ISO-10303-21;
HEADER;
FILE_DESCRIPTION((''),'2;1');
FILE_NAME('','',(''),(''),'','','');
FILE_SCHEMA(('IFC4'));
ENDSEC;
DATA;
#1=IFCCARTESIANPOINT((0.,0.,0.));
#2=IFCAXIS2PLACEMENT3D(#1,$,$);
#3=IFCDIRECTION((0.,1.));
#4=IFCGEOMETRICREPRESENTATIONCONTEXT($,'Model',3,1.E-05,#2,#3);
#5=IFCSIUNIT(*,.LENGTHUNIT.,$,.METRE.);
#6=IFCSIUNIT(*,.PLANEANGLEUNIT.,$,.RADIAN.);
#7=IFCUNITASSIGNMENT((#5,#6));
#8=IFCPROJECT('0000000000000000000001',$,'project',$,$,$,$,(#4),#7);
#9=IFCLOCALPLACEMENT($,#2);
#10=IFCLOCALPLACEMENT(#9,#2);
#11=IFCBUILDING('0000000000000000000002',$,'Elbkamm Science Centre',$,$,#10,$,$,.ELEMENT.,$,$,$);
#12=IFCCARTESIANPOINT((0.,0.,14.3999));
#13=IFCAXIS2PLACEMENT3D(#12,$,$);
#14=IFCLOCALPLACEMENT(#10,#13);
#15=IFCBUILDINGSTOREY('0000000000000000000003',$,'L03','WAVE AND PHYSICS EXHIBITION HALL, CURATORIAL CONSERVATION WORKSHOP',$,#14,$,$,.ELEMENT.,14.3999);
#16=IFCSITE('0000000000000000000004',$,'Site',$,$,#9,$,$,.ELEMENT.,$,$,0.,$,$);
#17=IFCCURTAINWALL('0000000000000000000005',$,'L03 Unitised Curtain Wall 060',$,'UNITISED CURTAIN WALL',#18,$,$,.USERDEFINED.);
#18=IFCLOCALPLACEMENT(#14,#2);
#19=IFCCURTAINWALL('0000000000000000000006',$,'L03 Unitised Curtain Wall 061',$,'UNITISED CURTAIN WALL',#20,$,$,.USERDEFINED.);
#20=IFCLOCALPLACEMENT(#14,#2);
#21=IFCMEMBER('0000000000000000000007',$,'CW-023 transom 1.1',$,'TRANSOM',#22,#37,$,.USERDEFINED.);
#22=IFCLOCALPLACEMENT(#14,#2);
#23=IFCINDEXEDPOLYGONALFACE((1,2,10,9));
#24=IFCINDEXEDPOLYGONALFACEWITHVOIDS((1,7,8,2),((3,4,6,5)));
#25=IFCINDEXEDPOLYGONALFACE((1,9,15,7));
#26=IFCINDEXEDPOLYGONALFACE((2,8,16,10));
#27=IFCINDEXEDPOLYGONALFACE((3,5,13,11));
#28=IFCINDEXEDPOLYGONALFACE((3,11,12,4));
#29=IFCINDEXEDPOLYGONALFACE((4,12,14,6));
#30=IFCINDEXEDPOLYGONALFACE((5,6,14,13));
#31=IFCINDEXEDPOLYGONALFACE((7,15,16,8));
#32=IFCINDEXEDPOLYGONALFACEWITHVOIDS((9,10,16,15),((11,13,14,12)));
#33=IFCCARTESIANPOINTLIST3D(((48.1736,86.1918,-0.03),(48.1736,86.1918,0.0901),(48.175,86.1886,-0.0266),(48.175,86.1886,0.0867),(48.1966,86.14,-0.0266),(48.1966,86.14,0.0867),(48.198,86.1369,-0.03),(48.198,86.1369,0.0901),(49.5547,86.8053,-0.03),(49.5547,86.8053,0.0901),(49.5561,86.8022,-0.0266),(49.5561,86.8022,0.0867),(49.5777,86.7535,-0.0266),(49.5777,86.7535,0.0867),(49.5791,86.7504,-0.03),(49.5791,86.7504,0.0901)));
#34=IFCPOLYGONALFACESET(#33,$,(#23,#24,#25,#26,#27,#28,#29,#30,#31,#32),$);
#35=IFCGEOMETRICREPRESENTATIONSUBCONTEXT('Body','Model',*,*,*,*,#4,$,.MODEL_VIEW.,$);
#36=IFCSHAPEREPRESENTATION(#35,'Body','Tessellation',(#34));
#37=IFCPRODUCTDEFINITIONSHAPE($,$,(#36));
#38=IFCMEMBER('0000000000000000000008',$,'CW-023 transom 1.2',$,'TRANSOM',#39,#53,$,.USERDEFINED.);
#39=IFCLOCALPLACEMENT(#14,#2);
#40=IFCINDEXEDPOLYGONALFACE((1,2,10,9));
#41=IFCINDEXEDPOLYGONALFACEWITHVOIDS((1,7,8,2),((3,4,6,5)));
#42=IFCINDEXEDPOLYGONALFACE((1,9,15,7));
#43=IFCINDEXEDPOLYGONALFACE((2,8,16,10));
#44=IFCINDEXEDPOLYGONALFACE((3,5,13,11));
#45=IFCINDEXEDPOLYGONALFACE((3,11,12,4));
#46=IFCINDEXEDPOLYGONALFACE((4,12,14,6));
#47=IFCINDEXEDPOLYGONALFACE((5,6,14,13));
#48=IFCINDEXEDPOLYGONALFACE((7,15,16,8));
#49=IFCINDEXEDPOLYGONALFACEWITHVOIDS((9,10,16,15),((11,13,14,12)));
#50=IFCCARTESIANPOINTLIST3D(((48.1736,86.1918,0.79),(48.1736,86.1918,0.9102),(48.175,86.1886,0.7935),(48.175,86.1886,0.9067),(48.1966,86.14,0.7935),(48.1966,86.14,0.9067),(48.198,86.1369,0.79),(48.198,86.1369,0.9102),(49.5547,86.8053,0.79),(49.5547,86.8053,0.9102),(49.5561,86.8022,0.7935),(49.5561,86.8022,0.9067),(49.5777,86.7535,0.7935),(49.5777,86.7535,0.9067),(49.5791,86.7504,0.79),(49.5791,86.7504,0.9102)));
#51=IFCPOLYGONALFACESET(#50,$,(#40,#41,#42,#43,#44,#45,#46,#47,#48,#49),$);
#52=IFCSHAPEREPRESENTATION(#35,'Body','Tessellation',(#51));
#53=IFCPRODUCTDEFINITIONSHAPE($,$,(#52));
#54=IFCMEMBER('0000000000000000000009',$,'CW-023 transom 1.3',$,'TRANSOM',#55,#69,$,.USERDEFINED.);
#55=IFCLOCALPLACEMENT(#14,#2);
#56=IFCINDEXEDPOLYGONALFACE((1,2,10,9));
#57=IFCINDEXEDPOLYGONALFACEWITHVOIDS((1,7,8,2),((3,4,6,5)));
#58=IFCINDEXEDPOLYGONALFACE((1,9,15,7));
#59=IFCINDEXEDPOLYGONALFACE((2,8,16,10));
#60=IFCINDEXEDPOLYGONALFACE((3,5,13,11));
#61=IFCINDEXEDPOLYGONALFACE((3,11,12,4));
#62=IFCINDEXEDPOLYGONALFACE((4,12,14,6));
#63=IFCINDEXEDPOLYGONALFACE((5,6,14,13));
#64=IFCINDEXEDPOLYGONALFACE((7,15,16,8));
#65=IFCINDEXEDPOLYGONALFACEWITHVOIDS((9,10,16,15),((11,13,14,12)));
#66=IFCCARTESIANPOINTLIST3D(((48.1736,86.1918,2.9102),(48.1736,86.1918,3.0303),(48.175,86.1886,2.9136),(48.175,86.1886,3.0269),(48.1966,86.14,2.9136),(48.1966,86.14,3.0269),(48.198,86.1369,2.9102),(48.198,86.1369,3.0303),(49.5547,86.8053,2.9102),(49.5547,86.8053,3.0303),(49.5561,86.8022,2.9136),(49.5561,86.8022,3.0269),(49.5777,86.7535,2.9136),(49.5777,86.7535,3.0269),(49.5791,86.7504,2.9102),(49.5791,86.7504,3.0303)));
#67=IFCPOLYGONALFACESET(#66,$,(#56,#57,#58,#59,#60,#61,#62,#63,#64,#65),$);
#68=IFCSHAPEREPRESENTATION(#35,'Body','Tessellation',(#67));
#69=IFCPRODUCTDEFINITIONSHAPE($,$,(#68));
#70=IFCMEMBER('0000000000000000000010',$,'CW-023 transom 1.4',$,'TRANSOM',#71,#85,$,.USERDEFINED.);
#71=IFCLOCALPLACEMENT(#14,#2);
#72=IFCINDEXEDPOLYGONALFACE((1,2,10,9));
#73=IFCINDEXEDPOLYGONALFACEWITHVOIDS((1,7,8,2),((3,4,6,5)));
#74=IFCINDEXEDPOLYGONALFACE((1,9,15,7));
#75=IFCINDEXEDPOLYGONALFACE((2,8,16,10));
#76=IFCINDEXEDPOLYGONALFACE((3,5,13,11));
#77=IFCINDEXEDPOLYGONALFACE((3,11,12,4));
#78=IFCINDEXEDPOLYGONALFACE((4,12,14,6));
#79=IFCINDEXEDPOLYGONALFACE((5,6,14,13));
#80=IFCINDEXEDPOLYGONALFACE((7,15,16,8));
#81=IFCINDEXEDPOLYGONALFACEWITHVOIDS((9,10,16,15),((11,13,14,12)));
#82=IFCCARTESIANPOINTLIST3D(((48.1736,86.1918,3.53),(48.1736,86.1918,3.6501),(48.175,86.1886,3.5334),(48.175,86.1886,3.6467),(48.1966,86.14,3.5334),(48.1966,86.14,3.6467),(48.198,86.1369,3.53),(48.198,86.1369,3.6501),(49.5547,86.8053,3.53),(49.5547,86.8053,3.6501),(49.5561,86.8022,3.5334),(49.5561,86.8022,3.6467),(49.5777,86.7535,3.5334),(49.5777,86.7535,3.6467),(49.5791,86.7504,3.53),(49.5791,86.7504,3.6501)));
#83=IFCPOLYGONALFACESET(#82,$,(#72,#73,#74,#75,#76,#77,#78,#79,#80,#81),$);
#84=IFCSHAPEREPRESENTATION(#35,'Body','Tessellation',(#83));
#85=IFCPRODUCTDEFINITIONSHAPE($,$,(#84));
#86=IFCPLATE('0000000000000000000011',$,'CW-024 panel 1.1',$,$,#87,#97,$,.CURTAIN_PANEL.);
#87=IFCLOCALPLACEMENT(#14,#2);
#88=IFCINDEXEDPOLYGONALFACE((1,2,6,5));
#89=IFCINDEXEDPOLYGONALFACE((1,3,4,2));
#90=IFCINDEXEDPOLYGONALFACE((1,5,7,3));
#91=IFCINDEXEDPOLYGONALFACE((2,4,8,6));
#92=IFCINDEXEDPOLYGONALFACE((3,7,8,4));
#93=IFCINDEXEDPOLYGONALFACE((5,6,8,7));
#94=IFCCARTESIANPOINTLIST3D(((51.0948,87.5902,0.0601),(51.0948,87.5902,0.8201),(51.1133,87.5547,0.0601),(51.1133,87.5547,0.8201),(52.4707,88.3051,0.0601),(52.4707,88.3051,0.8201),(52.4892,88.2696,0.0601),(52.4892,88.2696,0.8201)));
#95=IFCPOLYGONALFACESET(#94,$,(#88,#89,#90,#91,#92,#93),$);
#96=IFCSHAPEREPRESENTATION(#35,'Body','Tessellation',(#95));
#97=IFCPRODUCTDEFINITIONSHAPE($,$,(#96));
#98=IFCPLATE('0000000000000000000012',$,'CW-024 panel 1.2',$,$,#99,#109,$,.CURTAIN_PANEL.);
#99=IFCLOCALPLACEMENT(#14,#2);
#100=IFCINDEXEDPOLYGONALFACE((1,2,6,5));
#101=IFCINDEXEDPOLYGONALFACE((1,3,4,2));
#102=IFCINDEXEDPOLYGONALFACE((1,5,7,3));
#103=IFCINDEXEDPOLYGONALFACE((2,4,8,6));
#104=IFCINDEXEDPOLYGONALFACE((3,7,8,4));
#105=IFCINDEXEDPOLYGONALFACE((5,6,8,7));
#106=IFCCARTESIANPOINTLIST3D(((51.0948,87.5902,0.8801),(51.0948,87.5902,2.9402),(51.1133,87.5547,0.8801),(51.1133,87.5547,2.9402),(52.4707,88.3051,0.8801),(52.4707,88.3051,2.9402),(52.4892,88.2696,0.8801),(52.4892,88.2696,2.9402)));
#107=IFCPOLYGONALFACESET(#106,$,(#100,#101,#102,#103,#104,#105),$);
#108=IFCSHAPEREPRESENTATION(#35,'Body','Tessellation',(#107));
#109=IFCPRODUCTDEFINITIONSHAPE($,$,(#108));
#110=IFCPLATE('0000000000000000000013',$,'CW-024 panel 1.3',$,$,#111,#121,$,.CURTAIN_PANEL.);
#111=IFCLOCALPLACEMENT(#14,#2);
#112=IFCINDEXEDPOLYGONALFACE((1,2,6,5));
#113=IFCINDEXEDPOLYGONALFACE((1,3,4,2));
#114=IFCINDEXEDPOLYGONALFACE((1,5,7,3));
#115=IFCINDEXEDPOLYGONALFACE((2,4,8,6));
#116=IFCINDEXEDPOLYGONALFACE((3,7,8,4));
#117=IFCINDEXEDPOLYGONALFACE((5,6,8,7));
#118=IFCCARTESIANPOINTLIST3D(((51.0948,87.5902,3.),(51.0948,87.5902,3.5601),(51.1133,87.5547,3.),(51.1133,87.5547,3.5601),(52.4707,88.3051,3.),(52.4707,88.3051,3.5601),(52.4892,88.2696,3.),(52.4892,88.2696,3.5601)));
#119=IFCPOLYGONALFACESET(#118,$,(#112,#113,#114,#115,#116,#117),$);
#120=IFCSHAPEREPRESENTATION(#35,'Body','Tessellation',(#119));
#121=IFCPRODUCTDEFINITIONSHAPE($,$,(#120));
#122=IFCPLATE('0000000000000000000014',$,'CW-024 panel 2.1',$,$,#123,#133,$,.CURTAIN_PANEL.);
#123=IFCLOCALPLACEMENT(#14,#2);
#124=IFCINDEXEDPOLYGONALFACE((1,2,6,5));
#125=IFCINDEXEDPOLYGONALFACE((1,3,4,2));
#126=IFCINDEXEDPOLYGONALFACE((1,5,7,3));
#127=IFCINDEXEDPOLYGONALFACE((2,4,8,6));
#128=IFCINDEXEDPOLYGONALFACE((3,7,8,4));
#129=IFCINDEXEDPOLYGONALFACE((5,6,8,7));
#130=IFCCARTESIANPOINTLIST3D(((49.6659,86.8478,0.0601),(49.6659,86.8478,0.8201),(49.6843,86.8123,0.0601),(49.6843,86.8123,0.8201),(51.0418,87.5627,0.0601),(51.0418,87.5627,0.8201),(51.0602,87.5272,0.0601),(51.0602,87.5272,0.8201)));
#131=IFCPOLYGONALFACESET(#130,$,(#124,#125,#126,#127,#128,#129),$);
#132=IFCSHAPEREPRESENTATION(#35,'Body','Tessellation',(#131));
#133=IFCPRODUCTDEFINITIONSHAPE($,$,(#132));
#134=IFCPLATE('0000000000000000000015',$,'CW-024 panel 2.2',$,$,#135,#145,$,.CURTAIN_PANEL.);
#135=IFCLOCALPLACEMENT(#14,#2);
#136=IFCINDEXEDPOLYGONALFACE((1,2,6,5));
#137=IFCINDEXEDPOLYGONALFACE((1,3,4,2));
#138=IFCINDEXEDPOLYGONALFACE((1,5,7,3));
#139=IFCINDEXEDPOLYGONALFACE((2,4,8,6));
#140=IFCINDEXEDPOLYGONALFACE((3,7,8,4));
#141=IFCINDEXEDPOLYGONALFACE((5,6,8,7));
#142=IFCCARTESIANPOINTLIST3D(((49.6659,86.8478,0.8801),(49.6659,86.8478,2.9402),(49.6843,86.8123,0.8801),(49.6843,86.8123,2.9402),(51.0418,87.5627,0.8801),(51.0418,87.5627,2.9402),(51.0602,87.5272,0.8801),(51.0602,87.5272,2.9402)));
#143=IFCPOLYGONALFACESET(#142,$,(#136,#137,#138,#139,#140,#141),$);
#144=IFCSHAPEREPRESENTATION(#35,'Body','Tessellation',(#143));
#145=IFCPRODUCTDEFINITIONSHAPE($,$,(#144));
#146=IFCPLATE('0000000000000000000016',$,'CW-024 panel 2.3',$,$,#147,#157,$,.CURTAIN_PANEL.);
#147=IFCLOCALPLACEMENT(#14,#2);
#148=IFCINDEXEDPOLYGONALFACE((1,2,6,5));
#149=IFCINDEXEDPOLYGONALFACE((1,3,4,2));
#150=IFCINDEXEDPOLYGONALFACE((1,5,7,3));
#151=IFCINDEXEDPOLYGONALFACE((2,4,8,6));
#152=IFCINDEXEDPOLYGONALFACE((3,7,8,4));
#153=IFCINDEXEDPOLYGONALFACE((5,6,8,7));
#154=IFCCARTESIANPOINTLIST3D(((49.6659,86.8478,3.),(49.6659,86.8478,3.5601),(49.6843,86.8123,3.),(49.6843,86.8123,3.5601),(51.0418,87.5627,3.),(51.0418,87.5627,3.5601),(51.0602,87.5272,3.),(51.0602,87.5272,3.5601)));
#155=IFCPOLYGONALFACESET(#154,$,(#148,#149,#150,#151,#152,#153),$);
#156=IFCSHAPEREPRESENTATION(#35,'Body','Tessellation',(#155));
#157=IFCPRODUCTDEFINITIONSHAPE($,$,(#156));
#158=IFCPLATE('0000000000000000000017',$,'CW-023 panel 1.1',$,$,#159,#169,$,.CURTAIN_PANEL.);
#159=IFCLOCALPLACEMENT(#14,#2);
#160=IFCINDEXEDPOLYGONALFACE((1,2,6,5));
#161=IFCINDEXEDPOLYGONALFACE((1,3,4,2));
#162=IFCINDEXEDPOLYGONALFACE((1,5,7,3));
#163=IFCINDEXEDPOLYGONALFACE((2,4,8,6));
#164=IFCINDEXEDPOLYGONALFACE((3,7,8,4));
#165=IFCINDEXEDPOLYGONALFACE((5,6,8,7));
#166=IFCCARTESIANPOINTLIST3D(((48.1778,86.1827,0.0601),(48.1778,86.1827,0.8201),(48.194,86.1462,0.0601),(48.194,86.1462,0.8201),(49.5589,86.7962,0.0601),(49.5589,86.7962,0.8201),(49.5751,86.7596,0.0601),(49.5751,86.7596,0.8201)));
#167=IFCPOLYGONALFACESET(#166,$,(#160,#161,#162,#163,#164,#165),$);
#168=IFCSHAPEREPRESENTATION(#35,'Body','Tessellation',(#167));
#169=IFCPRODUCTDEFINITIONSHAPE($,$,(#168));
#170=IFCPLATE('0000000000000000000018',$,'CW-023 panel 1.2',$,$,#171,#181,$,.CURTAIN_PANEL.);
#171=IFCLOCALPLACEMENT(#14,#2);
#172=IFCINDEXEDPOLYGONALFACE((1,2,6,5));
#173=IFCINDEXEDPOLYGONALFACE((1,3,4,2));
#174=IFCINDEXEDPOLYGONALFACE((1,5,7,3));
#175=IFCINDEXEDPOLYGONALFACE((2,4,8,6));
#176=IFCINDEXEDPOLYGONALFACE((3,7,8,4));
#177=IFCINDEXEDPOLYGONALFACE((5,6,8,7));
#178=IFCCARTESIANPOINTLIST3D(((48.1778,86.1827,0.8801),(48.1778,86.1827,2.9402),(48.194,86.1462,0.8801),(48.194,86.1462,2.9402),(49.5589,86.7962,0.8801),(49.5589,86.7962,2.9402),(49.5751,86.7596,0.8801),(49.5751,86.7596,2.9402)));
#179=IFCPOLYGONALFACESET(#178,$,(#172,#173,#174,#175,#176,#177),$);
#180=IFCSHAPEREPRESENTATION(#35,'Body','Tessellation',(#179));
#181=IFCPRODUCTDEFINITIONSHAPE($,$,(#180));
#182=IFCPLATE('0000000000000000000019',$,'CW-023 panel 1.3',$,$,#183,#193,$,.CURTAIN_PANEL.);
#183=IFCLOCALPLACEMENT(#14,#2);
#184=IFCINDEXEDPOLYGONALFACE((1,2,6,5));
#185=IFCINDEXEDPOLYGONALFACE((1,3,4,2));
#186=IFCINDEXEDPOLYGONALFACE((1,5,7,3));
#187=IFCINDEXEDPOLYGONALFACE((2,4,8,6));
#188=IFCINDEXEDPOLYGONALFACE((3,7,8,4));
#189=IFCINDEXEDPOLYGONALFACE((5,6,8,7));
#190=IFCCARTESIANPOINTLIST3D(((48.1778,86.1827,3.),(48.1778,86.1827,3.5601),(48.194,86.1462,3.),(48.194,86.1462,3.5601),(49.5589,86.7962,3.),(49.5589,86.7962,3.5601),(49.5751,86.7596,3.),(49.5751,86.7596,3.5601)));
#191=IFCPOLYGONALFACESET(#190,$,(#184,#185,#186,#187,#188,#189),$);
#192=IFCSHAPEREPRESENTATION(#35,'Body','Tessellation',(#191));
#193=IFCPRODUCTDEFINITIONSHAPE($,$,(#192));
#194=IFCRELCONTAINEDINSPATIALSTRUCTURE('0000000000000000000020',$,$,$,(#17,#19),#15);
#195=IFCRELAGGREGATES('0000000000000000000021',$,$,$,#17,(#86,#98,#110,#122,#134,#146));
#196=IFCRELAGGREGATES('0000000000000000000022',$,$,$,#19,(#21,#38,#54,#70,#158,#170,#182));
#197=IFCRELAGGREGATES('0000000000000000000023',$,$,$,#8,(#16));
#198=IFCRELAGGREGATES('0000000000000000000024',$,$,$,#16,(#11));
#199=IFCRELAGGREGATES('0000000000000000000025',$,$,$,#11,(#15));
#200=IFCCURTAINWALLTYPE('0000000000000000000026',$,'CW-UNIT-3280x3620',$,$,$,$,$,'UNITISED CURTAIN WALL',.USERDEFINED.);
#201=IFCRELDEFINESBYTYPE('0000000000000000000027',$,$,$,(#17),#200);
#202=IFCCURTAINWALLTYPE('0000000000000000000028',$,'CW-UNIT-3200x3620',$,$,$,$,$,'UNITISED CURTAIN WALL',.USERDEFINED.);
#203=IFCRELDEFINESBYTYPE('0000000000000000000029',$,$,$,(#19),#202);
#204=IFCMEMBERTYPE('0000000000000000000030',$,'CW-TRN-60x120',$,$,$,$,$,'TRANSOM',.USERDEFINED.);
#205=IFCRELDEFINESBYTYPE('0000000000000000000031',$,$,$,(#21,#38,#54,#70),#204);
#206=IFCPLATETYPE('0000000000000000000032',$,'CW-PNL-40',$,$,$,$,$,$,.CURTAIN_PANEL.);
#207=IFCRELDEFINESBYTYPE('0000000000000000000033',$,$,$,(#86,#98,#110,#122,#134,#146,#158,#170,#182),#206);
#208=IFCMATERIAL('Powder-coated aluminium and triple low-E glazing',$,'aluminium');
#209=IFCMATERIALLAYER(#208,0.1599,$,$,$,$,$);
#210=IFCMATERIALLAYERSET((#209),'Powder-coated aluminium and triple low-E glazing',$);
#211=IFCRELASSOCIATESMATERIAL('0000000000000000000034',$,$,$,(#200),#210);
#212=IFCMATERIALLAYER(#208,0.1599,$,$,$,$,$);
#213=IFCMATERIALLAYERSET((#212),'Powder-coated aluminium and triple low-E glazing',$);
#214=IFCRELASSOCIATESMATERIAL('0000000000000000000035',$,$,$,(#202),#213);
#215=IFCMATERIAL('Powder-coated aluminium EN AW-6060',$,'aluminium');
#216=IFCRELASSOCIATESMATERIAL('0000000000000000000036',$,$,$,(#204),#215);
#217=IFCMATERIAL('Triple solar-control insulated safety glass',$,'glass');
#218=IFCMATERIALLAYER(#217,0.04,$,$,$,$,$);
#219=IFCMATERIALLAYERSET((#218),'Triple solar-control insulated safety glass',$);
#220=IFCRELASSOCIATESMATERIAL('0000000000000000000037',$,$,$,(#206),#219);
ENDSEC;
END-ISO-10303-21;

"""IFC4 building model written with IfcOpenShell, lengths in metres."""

from ifc_helpers import new_model, si_unit, direction, frame, origin, origin_2d, place, context, subcontext, project, spatial, rectangle, hollow_rectangle, extrude, material, layer, layer_set, material_profile, profile_set, type_object, element, aggregate, save


model = new_model("IFC4")

# Units and contexts
model_context = context("Model", 3, precision=1e-05, world=origin(), true_north=direction((0.0, 1.0)))
body_context = subcontext(model_context, "Body", "Model", "MODEL_VIEW")
ifc_project = project(units=[si_unit("LENGTHUNIT", "METRE"), si_unit("PLANEANGLEUNIT", "RADIAN")], contexts=[model_context])

# Site, building, storey
site_placement = place(None, origin())
site = spatial("IfcSite", under=ifc_project, at=site_placement, Name="Site", CompositionType="ELEMENT", RefElevation=0.0)
building_placement = place(site_placement, origin())
building = spatial("IfcBuilding", under=site, at=building_placement, Name="Elbkamm Science Centre", CompositionType="ELEMENT")
storey_placement = place(building_placement, frame((0.0, 0.0, 14.3999)))
storey = spatial("IfcBuildingStorey", under=building, at=storey_placement, Name="L03", Description="WAVE AND PHYSICS EXHIBITION HALL, CURATORIAL CONSERVATION WORKSHOP", CompositionType="ELEMENT", Elevation=14.3999)

# Curtain wall
ifc_material_1 = material(Name="Powder-coated aluminium and triple low-E glazing", Category="aluminium")
ifc_layer_1 = layer(ifc_material_1, 0.1599)
ifc_layer_set_1 = layer_set([ifc_layer_1], Name="Powder-coated aluminium and triple low-E glazing")
curtain_wall_type_1 = type_object("IfcCurtainWallType", Name="CW-UNIT-3280x3620", ElementType="UNITISED CURTAIN WALL", PredefinedType="USERDEFINED", material=ifc_layer_set_1)
curtain_wall_1_placement = place(storey_placement, origin())
curtain_wall_1 = element("IfcCurtainWall", 1, at=curtain_wall_1_placement, inside=storey, type_object=curtain_wall_type_1, Name="L03 Unitised Curtain Wall 060", ObjectType="UNITISED CURTAIN WALL", PredefinedType="USERDEFINED")
ifc_material_2 = material(Name="Powder-coated aluminium EN AW-6060", Category="aluminium")

# Curtain wall
ifc_layer_2 = layer(ifc_material_1, 0.1599)
ifc_layer_set_2 = layer_set([ifc_layer_2], Name="Powder-coated aluminium and triple low-E glazing")
curtain_wall_type_2 = type_object("IfcCurtainWallType", Name="CW-UNIT-3200x3620", ElementType="UNITISED CURTAIN WALL", PredefinedType="USERDEFINED", material=ifc_layer_set_2)
curtain_wall_2_placement = place(storey_placement, origin())
curtain_wall_2 = element("IfcCurtainWall", 2, at=curtain_wall_2_placement, inside=storey, type_object=curtain_wall_type_2, Name="L03 Unitised Curtain Wall 061", ObjectType="UNITISED CURTAIN WALL", PredefinedType="USERDEFINED")

# Members
ifc_material_profile_1 = material_profile(ifc_material_2, hollow_rectangle(XDim=0.0601, YDim=0.1201, WallThickness=0.0034, at=origin_2d()), Name="ALU T60x120")
ifc_profile_set_1 = profile_set([ifc_material_profile_1], Name="Powder-coated aluminium EN AW-6060")
member_type_1 = type_object("IfcMemberType", Name="CW-TRN-60x120", ElementType="TRANSOM", PredefinedType="USERDEFINED", material=ifc_profile_set_1)
member_1_placement = place(storey_placement, frame((49.5669, 86.7778, 0.03), z_axis=(-0.913885, -0.405974, 0.0), x_axis=(0.405974, -0.913885, 0.0)))
member_1 = element("IfcMember", 3, at=member_1_placement, type_object=member_type_1, Name="CW-023 transom 1.1", ObjectType="TRANSOM", PredefinedType="USERDEFINED", context=body_context, shape_type="SweptSolid", body=[
    extrude(hollow_rectangle(XDim=0.0601, YDim=0.1201, WallThickness=0.0034, at=origin_2d()), origin(), (0.0, 0.0, 1.0), 1.5112),
])
member_2_placement = place(storey_placement, frame((49.5669, 86.7778, 0.8501), z_axis=(-0.913885, -0.405974, 0.0), x_axis=(0.405974, -0.913885, 0.0)))
member_2 = element("IfcMember", 4, at=member_2_placement, type_object=member_type_1, Name="CW-023 transom 1.2", ObjectType="TRANSOM", PredefinedType="USERDEFINED", context=body_context, shape_type="SweptSolid", body=[
    extrude(hollow_rectangle(XDim=0.0601, YDim=0.1201, WallThickness=0.0034, at=origin_2d()), origin(), (0.0, 0.0, 1.0), 1.5112),
])
member_3_placement = place(storey_placement, frame((49.5669, 86.7778, 2.9702), z_axis=(-0.913885, -0.405974, 0.0), x_axis=(0.405974, -0.913885, 0.0)))
member_3 = element("IfcMember", 5, at=member_3_placement, type_object=member_type_1, Name="CW-023 transom 1.3", ObjectType="TRANSOM", PredefinedType="USERDEFINED", context=body_context, shape_type="SweptSolid", body=[
    extrude(hollow_rectangle(XDim=0.0601, YDim=0.1201, WallThickness=0.0034, at=origin_2d()), origin(), (0.0, 0.0, 1.0), 1.5112),
])
member_4_placement = place(storey_placement, frame((49.5669, 86.7778, 3.5901), z_axis=(-0.913885, -0.405974, 0.0), x_axis=(0.405974, -0.913885, 0.0)))
member_4 = element("IfcMember", 6, at=member_4_placement, type_object=member_type_1, Name="CW-023 transom 1.4", ObjectType="TRANSOM", PredefinedType="USERDEFINED", context=body_context, shape_type="SweptSolid", body=[
    extrude(hollow_rectangle(XDim=0.0601, YDim=0.1201, WallThickness=0.0034, at=origin_2d()), origin(), (0.0, 0.0, 1.0), 1.5112),
])

# Plates
ifc_material_3 = material(Name="Triple solar-control insulated safety glass", Category="glass")
ifc_layer_3 = layer(ifc_material_3, 0.04)
ifc_layer_set_3 = layer_set([ifc_layer_3], Name="Triple solar-control insulated safety glass")
plate_type = type_object("IfcPlateType", Name="CW-PNL-40", PredefinedType="CURTAIN_PANEL", material=ifc_layer_set_3)
plate_1_placement = place(storey_placement, frame((51.792, 87.9299, 0.0601), z_axis=(0.0, 0.0, 1.0), x_axis=(-0.887363, -0.461071, 0.0)))
plate_1 = element("IfcPlate", 7, at=plate_1_placement, type_object=plate_type, Name="CW-024 panel 1.1", PredefinedType="CURTAIN_PANEL", context=body_context, shape_type="SweptSolid", body=[
    extrude(rectangle(XDim=1.5505, YDim=0.04, at=origin_2d()), origin(), (0.0, 0.0, 1.0), 0.76),
])
plate_2_placement = place(storey_placement, frame((51.792, 87.9299, 0.8801), z_axis=(0.0, 0.0, 1.0), x_axis=(-0.887363, -0.461071, 0.0)))
plate_2 = element("IfcPlate", 8, at=plate_2_placement, type_object=plate_type, Name="CW-024 panel 1.2", PredefinedType="CURTAIN_PANEL", context=body_context, shape_type="SweptSolid", body=[
    extrude(rectangle(XDim=1.5505, YDim=0.04, at=origin_2d()), origin(), (0.0, 0.0, 1.0), 2.0601),
])
plate_3_placement = place(storey_placement, frame((51.792, 87.9299, 3.0), z_axis=(0.0, 0.0, 1.0), x_axis=(-0.887363, -0.461071, 0.0)))
plate_3 = element("IfcPlate", 9, at=plate_3_placement, type_object=plate_type, Name="CW-024 panel 1.3", PredefinedType="CURTAIN_PANEL", context=body_context, shape_type="SweptSolid", body=[
    extrude(rectangle(XDim=1.5505, YDim=0.04, at=origin_2d()), origin(), (0.0, 0.0, 1.0), 0.5601),
])
plate_4_placement = place(storey_placement, frame((50.363, 87.1875, 0.0601), z_axis=(0.0, 0.0, 1.0), x_axis=(-0.887363, -0.461071, 0.0)))
plate_4 = element("IfcPlate", 10, at=plate_4_placement, type_object=plate_type, Name="CW-024 panel 2.1", PredefinedType="CURTAIN_PANEL", context=body_context, shape_type="SweptSolid", body=[
    extrude(rectangle(XDim=1.5505, YDim=0.04, at=origin_2d()), origin(), (0.0, 0.0, 1.0), 0.76),
])
plate_5_placement = place(storey_placement, frame((50.363, 87.1875, 0.8801), z_axis=(0.0, 0.0, 1.0), x_axis=(-0.887363, -0.461071, 0.0)))
plate_5 = element("IfcPlate", 11, at=plate_5_placement, type_object=plate_type, Name="CW-024 panel 2.2", PredefinedType="CURTAIN_PANEL", context=body_context, shape_type="SweptSolid", body=[
    extrude(rectangle(XDim=1.5505, YDim=0.04, at=origin_2d()), origin(), (0.0, 0.0, 1.0), 2.0601),
])
plate_6_placement = place(storey_placement, frame((50.363, 87.1875, 3.0), z_axis=(0.0, 0.0, 1.0), x_axis=(-0.887363, -0.461071, 0.0)))
plate_6 = element("IfcPlate", 12, at=plate_6_placement, type_object=plate_type, Name="CW-024 panel 2.3", PredefinedType="CURTAIN_PANEL", context=body_context, shape_type="SweptSolid", body=[
    extrude(rectangle(XDim=1.5505, YDim=0.04, at=origin_2d()), origin(), (0.0, 0.0, 1.0), 0.5601),
])
aggregate(curtain_wall_1, [plate_1, plate_2, plate_3, plate_4, plate_5, plate_6])
plate_7_placement = place(storey_placement, frame((48.8765, 86.4712, 0.0601), z_axis=(0.0, 0.0, 1.0), x_axis=(-0.913898, -0.405944, 0.0)))
plate_7 = element("IfcPlate", 13, at=plate_7_placement, type_object=plate_type, Name="CW-023 panel 1.1", PredefinedType="CURTAIN_PANEL", context=body_context, shape_type="SweptSolid", body=[
    extrude(rectangle(XDim=1.5112, YDim=0.04, at=origin_2d()), origin(), (0.0, 0.0, 1.0), 0.76),
])
plate_8_placement = place(storey_placement, frame((48.8765, 86.4712, 0.8801), z_axis=(0.0, 0.0, 1.0), x_axis=(-0.913898, -0.405944, 0.0)))
plate_8 = element("IfcPlate", 14, at=plate_8_placement, type_object=plate_type, Name="CW-023 panel 1.2", PredefinedType="CURTAIN_PANEL", context=body_context, shape_type="SweptSolid", body=[
    extrude(rectangle(XDim=1.5112, YDim=0.04, at=origin_2d()), origin(), (0.0, 0.0, 1.0), 2.0601),
])
plate_9_placement = place(storey_placement, frame((48.8765, 86.4712, 3.0), z_axis=(0.0, 0.0, 1.0), x_axis=(-0.913898, -0.405944, 0.0)))
plate_9 = element("IfcPlate", 15, at=plate_9_placement, type_object=plate_type, Name="CW-023 panel 1.3", PredefinedType="CURTAIN_PANEL", context=body_context, shape_type="SweptSolid", body=[
    extrude(rectangle(XDim=1.5112, YDim=0.04, at=origin_2d()), origin(), (0.0, 0.0, 1.0), 0.5601),
])
aggregate(curtain_wall_2, [member_1, member_2, member_3, member_4, plate_7, plate_8, plate_9])

save(model, "model.ifc")
